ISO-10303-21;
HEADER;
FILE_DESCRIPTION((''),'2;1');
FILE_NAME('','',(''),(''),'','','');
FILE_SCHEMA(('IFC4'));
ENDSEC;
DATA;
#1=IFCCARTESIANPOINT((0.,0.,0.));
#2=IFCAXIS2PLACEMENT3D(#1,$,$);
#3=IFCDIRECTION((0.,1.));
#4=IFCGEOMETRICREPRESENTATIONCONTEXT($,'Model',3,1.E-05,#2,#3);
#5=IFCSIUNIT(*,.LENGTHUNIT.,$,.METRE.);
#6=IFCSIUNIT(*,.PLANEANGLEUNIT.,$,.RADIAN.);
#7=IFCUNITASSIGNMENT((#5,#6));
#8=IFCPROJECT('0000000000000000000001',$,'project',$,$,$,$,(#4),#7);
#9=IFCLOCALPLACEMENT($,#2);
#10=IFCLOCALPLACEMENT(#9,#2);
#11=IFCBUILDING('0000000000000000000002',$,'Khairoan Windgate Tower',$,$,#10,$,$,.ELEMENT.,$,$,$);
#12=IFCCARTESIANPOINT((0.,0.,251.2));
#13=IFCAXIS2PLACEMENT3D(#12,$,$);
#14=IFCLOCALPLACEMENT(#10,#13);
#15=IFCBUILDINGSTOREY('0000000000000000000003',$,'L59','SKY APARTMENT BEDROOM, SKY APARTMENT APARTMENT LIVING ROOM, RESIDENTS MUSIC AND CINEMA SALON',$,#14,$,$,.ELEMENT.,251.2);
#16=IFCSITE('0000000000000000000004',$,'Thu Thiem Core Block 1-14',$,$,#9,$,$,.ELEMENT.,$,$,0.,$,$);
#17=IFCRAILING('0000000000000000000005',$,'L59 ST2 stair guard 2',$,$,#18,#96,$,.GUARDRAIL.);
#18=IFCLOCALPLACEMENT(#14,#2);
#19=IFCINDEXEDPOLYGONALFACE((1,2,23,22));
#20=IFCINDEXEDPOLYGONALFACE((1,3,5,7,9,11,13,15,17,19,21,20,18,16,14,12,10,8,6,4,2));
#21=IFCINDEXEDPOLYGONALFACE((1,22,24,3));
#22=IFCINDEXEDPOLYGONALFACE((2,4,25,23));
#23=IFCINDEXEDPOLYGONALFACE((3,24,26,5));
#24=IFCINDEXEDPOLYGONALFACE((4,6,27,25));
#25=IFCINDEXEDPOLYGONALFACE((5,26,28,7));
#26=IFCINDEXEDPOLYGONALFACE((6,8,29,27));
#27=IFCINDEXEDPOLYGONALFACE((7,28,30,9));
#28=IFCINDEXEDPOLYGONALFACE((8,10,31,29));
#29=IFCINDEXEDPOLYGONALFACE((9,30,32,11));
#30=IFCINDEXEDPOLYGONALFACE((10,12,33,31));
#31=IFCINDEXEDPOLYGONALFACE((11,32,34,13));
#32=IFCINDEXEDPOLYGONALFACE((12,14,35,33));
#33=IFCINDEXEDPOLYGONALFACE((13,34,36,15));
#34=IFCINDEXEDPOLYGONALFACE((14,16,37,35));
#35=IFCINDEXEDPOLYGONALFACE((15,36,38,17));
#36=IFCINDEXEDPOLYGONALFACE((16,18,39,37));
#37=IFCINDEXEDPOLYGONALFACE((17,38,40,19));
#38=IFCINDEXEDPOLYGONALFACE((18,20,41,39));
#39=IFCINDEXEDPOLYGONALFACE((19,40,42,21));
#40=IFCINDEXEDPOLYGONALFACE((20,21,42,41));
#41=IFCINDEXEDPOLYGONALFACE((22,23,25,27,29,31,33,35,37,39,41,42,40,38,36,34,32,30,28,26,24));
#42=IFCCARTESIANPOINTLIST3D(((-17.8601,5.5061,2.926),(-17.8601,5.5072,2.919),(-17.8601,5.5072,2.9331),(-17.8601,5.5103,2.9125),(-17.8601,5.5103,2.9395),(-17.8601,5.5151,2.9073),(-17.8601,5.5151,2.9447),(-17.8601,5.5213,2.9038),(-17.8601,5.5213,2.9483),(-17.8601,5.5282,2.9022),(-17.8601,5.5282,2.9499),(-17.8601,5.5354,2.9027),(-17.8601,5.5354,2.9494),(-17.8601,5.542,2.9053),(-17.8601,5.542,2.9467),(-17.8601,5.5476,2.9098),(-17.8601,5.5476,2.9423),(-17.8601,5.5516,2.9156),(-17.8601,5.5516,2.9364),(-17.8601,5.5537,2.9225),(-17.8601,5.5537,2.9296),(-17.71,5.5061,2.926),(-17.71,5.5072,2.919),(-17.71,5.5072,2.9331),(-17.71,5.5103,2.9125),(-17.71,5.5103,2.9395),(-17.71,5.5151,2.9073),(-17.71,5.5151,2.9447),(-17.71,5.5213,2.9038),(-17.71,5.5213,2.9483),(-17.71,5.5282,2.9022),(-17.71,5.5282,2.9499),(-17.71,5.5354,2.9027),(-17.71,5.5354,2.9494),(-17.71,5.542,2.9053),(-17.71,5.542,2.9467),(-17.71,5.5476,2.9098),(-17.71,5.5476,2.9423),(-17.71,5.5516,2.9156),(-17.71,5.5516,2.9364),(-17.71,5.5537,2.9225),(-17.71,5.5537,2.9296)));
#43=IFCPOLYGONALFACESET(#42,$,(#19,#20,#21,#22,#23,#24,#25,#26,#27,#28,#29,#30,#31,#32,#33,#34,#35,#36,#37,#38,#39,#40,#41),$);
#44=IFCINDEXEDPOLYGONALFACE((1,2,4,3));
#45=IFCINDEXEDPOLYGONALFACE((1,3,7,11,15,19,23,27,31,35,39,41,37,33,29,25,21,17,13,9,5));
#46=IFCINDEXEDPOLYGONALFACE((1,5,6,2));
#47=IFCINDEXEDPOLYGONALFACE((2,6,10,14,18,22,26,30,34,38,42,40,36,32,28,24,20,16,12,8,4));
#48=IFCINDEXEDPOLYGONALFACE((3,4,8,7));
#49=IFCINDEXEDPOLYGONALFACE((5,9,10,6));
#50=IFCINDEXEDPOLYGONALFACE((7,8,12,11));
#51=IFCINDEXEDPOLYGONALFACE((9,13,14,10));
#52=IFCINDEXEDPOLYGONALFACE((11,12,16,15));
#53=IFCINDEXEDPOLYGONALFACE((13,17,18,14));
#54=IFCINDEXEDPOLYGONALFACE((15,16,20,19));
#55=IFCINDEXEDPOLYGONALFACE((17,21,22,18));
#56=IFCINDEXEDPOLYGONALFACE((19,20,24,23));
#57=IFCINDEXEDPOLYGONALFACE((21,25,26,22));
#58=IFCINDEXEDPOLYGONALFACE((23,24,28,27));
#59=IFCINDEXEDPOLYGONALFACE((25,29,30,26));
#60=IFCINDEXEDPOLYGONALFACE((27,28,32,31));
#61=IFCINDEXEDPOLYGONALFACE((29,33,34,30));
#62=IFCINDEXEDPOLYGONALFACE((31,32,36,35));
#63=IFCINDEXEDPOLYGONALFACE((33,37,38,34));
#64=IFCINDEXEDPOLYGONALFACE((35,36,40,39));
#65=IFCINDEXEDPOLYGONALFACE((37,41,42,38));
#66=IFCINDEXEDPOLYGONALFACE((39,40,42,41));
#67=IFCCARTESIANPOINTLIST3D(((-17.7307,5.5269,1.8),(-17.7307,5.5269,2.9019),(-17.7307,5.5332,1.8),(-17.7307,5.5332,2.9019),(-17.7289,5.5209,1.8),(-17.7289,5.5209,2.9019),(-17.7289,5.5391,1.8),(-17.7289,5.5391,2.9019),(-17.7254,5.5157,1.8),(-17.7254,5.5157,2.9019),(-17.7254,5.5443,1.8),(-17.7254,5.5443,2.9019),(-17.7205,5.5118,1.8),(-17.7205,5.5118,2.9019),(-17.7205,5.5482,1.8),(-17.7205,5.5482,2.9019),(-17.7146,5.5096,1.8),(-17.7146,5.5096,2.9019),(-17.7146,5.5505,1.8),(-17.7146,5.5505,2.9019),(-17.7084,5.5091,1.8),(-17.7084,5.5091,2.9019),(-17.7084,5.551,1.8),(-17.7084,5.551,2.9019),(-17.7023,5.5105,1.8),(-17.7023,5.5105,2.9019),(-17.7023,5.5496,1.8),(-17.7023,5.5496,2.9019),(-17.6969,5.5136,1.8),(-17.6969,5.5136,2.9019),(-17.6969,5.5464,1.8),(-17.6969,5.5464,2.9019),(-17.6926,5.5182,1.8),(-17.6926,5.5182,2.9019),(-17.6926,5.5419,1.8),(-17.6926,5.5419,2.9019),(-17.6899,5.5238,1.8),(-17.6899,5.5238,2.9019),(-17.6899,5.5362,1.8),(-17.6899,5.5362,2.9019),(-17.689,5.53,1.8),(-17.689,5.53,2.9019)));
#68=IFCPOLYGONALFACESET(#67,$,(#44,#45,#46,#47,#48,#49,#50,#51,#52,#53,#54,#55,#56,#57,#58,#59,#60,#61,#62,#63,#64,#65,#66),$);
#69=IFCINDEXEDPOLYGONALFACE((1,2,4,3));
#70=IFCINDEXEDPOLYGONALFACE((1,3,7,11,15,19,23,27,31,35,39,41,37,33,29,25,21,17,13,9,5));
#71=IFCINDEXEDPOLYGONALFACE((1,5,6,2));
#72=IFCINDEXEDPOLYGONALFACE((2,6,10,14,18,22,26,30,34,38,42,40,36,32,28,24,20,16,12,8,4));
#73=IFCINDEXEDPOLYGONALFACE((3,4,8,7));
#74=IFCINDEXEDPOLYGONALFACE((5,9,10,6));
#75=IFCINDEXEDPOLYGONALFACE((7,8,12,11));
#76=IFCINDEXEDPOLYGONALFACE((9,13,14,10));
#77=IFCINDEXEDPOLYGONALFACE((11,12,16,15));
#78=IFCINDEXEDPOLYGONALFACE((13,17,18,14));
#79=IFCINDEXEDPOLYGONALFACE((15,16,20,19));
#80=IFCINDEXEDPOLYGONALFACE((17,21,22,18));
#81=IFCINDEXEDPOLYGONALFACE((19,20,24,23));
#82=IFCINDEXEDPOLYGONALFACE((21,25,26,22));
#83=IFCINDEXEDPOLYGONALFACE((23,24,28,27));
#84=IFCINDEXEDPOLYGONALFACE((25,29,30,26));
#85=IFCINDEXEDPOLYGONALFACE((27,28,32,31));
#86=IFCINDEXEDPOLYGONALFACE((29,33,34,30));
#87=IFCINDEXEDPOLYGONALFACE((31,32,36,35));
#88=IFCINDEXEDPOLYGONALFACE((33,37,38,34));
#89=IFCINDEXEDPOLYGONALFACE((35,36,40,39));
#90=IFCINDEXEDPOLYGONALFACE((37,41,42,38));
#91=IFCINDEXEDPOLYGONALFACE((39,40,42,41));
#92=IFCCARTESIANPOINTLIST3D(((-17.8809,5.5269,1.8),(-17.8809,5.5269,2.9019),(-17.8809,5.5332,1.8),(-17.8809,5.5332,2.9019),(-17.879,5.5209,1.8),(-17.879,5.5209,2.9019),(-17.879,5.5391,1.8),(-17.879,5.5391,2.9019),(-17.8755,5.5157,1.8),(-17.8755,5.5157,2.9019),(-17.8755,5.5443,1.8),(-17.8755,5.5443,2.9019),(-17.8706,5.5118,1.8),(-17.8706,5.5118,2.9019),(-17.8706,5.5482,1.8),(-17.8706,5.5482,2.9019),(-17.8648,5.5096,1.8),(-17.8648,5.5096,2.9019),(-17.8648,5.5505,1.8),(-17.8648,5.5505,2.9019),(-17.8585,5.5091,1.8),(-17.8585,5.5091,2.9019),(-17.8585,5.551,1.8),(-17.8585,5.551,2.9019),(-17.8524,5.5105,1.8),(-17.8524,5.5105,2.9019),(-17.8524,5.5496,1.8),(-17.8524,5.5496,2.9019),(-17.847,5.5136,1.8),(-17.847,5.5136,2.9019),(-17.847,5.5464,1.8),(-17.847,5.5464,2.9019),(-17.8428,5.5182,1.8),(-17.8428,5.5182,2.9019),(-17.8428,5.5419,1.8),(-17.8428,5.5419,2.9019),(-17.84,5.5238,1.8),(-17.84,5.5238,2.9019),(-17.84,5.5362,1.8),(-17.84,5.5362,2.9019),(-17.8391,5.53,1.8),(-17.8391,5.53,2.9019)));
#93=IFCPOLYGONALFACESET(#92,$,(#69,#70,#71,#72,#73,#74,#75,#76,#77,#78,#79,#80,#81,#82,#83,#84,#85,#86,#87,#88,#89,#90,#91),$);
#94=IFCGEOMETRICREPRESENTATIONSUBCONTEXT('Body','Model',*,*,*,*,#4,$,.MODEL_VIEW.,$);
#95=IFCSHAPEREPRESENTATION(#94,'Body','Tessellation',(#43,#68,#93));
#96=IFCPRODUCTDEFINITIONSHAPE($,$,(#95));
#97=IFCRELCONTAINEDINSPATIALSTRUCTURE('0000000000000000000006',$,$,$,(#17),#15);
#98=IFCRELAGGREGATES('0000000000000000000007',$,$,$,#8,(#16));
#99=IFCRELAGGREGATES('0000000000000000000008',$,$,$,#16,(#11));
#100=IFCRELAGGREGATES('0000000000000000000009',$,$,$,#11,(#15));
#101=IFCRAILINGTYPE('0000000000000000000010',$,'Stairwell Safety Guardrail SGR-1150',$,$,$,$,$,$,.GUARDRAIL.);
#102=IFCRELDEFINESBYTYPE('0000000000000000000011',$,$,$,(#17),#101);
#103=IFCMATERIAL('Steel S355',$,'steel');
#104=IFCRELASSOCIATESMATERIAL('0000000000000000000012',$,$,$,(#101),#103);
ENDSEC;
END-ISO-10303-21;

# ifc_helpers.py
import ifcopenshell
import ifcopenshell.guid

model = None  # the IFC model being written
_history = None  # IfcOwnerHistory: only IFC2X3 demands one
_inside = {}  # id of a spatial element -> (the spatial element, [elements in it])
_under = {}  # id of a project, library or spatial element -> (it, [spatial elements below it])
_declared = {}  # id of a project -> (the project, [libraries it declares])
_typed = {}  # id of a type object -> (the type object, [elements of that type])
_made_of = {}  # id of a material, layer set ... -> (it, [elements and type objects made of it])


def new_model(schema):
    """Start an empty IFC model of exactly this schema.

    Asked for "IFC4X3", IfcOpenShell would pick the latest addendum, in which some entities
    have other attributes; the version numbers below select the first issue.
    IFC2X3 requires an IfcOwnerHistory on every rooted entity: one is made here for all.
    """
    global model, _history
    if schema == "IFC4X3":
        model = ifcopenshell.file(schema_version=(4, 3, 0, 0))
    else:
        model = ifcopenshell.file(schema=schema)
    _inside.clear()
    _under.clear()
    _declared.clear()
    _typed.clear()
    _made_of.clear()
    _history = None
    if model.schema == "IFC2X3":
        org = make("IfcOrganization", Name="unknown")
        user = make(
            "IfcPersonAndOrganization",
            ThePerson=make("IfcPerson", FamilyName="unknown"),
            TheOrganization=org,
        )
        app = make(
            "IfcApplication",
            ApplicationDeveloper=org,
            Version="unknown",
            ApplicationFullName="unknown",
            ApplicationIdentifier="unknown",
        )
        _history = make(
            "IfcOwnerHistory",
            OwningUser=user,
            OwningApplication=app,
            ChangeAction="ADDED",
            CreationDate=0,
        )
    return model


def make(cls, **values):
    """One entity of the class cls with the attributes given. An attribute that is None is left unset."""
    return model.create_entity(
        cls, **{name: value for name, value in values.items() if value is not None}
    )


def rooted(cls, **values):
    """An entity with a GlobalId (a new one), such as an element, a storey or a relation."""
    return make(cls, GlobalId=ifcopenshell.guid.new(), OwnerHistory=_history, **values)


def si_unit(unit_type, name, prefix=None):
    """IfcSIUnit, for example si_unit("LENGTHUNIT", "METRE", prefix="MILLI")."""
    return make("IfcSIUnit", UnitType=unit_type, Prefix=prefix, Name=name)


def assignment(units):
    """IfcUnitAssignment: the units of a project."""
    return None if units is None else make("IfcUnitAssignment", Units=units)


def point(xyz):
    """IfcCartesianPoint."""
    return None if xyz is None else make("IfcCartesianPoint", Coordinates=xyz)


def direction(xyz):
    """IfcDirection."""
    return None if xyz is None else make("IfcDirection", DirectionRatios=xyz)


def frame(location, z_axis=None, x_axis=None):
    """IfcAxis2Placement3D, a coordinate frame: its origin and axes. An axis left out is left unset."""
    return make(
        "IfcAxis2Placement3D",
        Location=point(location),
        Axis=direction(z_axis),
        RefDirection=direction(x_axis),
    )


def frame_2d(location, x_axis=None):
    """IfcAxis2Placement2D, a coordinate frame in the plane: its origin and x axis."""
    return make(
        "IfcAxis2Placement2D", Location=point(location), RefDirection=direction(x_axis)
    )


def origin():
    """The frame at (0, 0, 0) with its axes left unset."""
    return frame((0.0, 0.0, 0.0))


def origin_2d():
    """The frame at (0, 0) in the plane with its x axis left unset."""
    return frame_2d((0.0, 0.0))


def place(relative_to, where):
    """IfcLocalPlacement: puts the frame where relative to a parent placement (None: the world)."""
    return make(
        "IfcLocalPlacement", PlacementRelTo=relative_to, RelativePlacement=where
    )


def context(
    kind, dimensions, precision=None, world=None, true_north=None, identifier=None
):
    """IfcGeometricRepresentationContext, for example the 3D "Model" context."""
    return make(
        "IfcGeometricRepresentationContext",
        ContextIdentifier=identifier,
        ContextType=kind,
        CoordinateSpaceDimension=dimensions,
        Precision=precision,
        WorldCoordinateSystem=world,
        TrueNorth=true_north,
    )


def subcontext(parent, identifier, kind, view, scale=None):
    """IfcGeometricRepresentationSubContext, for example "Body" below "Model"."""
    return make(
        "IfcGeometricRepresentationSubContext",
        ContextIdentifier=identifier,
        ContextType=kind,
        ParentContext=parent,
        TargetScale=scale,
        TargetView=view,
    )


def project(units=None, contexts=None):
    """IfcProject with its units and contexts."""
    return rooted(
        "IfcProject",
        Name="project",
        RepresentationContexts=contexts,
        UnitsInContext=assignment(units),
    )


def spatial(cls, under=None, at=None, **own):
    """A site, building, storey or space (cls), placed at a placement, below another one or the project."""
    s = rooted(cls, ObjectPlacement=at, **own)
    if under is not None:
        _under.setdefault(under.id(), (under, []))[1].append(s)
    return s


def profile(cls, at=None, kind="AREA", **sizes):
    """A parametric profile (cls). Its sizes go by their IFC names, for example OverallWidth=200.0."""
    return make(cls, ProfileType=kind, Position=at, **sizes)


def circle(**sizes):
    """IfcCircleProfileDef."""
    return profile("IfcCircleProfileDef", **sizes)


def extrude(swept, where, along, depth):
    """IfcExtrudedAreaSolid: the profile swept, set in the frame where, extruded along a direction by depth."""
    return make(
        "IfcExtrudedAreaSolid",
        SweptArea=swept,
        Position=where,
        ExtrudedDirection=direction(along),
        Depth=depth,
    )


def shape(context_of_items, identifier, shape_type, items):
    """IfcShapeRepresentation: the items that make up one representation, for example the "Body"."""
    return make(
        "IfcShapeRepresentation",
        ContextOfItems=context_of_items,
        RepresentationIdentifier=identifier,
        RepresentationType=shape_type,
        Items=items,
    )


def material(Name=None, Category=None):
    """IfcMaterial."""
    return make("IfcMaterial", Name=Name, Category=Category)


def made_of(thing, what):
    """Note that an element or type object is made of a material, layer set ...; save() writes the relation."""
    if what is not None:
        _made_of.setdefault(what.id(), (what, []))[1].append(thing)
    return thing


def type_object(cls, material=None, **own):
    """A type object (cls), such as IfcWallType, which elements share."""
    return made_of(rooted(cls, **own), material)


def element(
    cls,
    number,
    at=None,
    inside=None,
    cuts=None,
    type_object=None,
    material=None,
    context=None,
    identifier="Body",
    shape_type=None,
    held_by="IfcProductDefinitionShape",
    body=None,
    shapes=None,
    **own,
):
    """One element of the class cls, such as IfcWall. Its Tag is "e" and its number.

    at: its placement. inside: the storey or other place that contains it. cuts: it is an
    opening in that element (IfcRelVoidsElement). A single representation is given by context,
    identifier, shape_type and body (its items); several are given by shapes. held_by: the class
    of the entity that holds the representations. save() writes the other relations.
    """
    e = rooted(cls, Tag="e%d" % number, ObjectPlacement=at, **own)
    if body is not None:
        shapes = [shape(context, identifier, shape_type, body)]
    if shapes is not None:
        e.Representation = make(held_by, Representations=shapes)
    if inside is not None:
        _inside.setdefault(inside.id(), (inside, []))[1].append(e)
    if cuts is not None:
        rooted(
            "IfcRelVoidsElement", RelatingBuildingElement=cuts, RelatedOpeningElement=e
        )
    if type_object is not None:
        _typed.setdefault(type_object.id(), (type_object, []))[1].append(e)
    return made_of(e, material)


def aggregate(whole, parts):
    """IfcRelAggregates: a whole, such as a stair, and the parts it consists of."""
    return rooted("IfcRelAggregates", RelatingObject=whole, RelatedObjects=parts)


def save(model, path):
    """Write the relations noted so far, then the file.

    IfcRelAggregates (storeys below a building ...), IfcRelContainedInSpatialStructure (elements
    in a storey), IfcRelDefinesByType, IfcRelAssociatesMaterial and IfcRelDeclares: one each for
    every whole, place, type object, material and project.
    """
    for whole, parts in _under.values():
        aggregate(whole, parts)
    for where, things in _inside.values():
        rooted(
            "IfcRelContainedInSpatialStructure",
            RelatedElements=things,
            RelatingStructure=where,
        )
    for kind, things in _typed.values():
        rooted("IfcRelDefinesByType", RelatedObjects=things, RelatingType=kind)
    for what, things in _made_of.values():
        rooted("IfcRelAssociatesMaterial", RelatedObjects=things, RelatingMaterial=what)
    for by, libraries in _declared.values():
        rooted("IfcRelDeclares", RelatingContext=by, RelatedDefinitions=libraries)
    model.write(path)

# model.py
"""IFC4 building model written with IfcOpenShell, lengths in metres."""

from ifc_helpers import new_model, si_unit, direction, frame, origin, origin_2d, place, context, subcontext, project, spatial, circle, extrude, material, type_object, element, save


model = new_model("IFC4")

# Units and contexts
model_context = context("Model", 3, precision=1e-05, world=origin(), true_north=direction((0.0, 1.0)))
body_context = subcontext(model_context, "Body", "Model", "MODEL_VIEW")
ifc_project = project(units=[si_unit("LENGTHUNIT", "METRE"), si_unit("PLANEANGLEUNIT", "RADIAN")], contexts=[model_context])

# Site, building, storey
site_placement = place(None, origin())
site = spatial("IfcSite", under=ifc_project, at=site_placement, Name="Thu Thiem Core Block 1-14", CompositionType="ELEMENT", RefElevation=0.0)
building_placement = place(site_placement, origin())
building = spatial("IfcBuilding", under=site, at=building_placement, Name="Khairoan Windgate Tower", CompositionType="ELEMENT")
storey_placement = place(building_placement, frame((0.0, 0.0, 251.2)))
storey = spatial("IfcBuildingStorey", under=building, at=storey_placement, Name="L59", Description="SKY APARTMENT BEDROOM, SKY APARTMENT APARTMENT LIVING ROOM, RESIDENTS MUSIC AND CINEMA SALON", CompositionType="ELEMENT", Elevation=251.2)

# Railing
ifc_material_1 = material(Name="Steel S355", Category="steel")
railing_type_1 = type_object("IfcRailingType", Name="Stairwell Safety Guardrail SGR-1150", PredefinedType="GUARDRAIL", material=ifc_material_1)
railing_1_placement = place(storey_placement, frame((-17.71, 5.53, 1.8)))
element("IfcRailing", 1, at=railing_1_placement, inside=storey, type_object=railing_type_1, Name="L59 ST2 stair guard 2", PredefinedType="GUARDRAIL", context=body_context, shape_type="SweptSolid", body=[
    extrude(circle(Radius=0.0239, at=origin_2d()), frame((0.0, 0.0, 1.126), z_axis=(-1.0, 0.0, 0.0), x_axis=(0.0, -1.0, 0.0)), (0.0, 0.0, 1.0), 0.1501),
    extrude(circle(Radius=0.021, at=origin_2d()), origin(), (0.0, 0.0, 1.0), 1.1018),
    extrude(circle(Radius=0.021, at=origin_2d()), frame((-0.1501, 0.0, 0.0)), (0.0, 0.0, 1.0), 1.1018),
])

save(model, "model.ifc")
